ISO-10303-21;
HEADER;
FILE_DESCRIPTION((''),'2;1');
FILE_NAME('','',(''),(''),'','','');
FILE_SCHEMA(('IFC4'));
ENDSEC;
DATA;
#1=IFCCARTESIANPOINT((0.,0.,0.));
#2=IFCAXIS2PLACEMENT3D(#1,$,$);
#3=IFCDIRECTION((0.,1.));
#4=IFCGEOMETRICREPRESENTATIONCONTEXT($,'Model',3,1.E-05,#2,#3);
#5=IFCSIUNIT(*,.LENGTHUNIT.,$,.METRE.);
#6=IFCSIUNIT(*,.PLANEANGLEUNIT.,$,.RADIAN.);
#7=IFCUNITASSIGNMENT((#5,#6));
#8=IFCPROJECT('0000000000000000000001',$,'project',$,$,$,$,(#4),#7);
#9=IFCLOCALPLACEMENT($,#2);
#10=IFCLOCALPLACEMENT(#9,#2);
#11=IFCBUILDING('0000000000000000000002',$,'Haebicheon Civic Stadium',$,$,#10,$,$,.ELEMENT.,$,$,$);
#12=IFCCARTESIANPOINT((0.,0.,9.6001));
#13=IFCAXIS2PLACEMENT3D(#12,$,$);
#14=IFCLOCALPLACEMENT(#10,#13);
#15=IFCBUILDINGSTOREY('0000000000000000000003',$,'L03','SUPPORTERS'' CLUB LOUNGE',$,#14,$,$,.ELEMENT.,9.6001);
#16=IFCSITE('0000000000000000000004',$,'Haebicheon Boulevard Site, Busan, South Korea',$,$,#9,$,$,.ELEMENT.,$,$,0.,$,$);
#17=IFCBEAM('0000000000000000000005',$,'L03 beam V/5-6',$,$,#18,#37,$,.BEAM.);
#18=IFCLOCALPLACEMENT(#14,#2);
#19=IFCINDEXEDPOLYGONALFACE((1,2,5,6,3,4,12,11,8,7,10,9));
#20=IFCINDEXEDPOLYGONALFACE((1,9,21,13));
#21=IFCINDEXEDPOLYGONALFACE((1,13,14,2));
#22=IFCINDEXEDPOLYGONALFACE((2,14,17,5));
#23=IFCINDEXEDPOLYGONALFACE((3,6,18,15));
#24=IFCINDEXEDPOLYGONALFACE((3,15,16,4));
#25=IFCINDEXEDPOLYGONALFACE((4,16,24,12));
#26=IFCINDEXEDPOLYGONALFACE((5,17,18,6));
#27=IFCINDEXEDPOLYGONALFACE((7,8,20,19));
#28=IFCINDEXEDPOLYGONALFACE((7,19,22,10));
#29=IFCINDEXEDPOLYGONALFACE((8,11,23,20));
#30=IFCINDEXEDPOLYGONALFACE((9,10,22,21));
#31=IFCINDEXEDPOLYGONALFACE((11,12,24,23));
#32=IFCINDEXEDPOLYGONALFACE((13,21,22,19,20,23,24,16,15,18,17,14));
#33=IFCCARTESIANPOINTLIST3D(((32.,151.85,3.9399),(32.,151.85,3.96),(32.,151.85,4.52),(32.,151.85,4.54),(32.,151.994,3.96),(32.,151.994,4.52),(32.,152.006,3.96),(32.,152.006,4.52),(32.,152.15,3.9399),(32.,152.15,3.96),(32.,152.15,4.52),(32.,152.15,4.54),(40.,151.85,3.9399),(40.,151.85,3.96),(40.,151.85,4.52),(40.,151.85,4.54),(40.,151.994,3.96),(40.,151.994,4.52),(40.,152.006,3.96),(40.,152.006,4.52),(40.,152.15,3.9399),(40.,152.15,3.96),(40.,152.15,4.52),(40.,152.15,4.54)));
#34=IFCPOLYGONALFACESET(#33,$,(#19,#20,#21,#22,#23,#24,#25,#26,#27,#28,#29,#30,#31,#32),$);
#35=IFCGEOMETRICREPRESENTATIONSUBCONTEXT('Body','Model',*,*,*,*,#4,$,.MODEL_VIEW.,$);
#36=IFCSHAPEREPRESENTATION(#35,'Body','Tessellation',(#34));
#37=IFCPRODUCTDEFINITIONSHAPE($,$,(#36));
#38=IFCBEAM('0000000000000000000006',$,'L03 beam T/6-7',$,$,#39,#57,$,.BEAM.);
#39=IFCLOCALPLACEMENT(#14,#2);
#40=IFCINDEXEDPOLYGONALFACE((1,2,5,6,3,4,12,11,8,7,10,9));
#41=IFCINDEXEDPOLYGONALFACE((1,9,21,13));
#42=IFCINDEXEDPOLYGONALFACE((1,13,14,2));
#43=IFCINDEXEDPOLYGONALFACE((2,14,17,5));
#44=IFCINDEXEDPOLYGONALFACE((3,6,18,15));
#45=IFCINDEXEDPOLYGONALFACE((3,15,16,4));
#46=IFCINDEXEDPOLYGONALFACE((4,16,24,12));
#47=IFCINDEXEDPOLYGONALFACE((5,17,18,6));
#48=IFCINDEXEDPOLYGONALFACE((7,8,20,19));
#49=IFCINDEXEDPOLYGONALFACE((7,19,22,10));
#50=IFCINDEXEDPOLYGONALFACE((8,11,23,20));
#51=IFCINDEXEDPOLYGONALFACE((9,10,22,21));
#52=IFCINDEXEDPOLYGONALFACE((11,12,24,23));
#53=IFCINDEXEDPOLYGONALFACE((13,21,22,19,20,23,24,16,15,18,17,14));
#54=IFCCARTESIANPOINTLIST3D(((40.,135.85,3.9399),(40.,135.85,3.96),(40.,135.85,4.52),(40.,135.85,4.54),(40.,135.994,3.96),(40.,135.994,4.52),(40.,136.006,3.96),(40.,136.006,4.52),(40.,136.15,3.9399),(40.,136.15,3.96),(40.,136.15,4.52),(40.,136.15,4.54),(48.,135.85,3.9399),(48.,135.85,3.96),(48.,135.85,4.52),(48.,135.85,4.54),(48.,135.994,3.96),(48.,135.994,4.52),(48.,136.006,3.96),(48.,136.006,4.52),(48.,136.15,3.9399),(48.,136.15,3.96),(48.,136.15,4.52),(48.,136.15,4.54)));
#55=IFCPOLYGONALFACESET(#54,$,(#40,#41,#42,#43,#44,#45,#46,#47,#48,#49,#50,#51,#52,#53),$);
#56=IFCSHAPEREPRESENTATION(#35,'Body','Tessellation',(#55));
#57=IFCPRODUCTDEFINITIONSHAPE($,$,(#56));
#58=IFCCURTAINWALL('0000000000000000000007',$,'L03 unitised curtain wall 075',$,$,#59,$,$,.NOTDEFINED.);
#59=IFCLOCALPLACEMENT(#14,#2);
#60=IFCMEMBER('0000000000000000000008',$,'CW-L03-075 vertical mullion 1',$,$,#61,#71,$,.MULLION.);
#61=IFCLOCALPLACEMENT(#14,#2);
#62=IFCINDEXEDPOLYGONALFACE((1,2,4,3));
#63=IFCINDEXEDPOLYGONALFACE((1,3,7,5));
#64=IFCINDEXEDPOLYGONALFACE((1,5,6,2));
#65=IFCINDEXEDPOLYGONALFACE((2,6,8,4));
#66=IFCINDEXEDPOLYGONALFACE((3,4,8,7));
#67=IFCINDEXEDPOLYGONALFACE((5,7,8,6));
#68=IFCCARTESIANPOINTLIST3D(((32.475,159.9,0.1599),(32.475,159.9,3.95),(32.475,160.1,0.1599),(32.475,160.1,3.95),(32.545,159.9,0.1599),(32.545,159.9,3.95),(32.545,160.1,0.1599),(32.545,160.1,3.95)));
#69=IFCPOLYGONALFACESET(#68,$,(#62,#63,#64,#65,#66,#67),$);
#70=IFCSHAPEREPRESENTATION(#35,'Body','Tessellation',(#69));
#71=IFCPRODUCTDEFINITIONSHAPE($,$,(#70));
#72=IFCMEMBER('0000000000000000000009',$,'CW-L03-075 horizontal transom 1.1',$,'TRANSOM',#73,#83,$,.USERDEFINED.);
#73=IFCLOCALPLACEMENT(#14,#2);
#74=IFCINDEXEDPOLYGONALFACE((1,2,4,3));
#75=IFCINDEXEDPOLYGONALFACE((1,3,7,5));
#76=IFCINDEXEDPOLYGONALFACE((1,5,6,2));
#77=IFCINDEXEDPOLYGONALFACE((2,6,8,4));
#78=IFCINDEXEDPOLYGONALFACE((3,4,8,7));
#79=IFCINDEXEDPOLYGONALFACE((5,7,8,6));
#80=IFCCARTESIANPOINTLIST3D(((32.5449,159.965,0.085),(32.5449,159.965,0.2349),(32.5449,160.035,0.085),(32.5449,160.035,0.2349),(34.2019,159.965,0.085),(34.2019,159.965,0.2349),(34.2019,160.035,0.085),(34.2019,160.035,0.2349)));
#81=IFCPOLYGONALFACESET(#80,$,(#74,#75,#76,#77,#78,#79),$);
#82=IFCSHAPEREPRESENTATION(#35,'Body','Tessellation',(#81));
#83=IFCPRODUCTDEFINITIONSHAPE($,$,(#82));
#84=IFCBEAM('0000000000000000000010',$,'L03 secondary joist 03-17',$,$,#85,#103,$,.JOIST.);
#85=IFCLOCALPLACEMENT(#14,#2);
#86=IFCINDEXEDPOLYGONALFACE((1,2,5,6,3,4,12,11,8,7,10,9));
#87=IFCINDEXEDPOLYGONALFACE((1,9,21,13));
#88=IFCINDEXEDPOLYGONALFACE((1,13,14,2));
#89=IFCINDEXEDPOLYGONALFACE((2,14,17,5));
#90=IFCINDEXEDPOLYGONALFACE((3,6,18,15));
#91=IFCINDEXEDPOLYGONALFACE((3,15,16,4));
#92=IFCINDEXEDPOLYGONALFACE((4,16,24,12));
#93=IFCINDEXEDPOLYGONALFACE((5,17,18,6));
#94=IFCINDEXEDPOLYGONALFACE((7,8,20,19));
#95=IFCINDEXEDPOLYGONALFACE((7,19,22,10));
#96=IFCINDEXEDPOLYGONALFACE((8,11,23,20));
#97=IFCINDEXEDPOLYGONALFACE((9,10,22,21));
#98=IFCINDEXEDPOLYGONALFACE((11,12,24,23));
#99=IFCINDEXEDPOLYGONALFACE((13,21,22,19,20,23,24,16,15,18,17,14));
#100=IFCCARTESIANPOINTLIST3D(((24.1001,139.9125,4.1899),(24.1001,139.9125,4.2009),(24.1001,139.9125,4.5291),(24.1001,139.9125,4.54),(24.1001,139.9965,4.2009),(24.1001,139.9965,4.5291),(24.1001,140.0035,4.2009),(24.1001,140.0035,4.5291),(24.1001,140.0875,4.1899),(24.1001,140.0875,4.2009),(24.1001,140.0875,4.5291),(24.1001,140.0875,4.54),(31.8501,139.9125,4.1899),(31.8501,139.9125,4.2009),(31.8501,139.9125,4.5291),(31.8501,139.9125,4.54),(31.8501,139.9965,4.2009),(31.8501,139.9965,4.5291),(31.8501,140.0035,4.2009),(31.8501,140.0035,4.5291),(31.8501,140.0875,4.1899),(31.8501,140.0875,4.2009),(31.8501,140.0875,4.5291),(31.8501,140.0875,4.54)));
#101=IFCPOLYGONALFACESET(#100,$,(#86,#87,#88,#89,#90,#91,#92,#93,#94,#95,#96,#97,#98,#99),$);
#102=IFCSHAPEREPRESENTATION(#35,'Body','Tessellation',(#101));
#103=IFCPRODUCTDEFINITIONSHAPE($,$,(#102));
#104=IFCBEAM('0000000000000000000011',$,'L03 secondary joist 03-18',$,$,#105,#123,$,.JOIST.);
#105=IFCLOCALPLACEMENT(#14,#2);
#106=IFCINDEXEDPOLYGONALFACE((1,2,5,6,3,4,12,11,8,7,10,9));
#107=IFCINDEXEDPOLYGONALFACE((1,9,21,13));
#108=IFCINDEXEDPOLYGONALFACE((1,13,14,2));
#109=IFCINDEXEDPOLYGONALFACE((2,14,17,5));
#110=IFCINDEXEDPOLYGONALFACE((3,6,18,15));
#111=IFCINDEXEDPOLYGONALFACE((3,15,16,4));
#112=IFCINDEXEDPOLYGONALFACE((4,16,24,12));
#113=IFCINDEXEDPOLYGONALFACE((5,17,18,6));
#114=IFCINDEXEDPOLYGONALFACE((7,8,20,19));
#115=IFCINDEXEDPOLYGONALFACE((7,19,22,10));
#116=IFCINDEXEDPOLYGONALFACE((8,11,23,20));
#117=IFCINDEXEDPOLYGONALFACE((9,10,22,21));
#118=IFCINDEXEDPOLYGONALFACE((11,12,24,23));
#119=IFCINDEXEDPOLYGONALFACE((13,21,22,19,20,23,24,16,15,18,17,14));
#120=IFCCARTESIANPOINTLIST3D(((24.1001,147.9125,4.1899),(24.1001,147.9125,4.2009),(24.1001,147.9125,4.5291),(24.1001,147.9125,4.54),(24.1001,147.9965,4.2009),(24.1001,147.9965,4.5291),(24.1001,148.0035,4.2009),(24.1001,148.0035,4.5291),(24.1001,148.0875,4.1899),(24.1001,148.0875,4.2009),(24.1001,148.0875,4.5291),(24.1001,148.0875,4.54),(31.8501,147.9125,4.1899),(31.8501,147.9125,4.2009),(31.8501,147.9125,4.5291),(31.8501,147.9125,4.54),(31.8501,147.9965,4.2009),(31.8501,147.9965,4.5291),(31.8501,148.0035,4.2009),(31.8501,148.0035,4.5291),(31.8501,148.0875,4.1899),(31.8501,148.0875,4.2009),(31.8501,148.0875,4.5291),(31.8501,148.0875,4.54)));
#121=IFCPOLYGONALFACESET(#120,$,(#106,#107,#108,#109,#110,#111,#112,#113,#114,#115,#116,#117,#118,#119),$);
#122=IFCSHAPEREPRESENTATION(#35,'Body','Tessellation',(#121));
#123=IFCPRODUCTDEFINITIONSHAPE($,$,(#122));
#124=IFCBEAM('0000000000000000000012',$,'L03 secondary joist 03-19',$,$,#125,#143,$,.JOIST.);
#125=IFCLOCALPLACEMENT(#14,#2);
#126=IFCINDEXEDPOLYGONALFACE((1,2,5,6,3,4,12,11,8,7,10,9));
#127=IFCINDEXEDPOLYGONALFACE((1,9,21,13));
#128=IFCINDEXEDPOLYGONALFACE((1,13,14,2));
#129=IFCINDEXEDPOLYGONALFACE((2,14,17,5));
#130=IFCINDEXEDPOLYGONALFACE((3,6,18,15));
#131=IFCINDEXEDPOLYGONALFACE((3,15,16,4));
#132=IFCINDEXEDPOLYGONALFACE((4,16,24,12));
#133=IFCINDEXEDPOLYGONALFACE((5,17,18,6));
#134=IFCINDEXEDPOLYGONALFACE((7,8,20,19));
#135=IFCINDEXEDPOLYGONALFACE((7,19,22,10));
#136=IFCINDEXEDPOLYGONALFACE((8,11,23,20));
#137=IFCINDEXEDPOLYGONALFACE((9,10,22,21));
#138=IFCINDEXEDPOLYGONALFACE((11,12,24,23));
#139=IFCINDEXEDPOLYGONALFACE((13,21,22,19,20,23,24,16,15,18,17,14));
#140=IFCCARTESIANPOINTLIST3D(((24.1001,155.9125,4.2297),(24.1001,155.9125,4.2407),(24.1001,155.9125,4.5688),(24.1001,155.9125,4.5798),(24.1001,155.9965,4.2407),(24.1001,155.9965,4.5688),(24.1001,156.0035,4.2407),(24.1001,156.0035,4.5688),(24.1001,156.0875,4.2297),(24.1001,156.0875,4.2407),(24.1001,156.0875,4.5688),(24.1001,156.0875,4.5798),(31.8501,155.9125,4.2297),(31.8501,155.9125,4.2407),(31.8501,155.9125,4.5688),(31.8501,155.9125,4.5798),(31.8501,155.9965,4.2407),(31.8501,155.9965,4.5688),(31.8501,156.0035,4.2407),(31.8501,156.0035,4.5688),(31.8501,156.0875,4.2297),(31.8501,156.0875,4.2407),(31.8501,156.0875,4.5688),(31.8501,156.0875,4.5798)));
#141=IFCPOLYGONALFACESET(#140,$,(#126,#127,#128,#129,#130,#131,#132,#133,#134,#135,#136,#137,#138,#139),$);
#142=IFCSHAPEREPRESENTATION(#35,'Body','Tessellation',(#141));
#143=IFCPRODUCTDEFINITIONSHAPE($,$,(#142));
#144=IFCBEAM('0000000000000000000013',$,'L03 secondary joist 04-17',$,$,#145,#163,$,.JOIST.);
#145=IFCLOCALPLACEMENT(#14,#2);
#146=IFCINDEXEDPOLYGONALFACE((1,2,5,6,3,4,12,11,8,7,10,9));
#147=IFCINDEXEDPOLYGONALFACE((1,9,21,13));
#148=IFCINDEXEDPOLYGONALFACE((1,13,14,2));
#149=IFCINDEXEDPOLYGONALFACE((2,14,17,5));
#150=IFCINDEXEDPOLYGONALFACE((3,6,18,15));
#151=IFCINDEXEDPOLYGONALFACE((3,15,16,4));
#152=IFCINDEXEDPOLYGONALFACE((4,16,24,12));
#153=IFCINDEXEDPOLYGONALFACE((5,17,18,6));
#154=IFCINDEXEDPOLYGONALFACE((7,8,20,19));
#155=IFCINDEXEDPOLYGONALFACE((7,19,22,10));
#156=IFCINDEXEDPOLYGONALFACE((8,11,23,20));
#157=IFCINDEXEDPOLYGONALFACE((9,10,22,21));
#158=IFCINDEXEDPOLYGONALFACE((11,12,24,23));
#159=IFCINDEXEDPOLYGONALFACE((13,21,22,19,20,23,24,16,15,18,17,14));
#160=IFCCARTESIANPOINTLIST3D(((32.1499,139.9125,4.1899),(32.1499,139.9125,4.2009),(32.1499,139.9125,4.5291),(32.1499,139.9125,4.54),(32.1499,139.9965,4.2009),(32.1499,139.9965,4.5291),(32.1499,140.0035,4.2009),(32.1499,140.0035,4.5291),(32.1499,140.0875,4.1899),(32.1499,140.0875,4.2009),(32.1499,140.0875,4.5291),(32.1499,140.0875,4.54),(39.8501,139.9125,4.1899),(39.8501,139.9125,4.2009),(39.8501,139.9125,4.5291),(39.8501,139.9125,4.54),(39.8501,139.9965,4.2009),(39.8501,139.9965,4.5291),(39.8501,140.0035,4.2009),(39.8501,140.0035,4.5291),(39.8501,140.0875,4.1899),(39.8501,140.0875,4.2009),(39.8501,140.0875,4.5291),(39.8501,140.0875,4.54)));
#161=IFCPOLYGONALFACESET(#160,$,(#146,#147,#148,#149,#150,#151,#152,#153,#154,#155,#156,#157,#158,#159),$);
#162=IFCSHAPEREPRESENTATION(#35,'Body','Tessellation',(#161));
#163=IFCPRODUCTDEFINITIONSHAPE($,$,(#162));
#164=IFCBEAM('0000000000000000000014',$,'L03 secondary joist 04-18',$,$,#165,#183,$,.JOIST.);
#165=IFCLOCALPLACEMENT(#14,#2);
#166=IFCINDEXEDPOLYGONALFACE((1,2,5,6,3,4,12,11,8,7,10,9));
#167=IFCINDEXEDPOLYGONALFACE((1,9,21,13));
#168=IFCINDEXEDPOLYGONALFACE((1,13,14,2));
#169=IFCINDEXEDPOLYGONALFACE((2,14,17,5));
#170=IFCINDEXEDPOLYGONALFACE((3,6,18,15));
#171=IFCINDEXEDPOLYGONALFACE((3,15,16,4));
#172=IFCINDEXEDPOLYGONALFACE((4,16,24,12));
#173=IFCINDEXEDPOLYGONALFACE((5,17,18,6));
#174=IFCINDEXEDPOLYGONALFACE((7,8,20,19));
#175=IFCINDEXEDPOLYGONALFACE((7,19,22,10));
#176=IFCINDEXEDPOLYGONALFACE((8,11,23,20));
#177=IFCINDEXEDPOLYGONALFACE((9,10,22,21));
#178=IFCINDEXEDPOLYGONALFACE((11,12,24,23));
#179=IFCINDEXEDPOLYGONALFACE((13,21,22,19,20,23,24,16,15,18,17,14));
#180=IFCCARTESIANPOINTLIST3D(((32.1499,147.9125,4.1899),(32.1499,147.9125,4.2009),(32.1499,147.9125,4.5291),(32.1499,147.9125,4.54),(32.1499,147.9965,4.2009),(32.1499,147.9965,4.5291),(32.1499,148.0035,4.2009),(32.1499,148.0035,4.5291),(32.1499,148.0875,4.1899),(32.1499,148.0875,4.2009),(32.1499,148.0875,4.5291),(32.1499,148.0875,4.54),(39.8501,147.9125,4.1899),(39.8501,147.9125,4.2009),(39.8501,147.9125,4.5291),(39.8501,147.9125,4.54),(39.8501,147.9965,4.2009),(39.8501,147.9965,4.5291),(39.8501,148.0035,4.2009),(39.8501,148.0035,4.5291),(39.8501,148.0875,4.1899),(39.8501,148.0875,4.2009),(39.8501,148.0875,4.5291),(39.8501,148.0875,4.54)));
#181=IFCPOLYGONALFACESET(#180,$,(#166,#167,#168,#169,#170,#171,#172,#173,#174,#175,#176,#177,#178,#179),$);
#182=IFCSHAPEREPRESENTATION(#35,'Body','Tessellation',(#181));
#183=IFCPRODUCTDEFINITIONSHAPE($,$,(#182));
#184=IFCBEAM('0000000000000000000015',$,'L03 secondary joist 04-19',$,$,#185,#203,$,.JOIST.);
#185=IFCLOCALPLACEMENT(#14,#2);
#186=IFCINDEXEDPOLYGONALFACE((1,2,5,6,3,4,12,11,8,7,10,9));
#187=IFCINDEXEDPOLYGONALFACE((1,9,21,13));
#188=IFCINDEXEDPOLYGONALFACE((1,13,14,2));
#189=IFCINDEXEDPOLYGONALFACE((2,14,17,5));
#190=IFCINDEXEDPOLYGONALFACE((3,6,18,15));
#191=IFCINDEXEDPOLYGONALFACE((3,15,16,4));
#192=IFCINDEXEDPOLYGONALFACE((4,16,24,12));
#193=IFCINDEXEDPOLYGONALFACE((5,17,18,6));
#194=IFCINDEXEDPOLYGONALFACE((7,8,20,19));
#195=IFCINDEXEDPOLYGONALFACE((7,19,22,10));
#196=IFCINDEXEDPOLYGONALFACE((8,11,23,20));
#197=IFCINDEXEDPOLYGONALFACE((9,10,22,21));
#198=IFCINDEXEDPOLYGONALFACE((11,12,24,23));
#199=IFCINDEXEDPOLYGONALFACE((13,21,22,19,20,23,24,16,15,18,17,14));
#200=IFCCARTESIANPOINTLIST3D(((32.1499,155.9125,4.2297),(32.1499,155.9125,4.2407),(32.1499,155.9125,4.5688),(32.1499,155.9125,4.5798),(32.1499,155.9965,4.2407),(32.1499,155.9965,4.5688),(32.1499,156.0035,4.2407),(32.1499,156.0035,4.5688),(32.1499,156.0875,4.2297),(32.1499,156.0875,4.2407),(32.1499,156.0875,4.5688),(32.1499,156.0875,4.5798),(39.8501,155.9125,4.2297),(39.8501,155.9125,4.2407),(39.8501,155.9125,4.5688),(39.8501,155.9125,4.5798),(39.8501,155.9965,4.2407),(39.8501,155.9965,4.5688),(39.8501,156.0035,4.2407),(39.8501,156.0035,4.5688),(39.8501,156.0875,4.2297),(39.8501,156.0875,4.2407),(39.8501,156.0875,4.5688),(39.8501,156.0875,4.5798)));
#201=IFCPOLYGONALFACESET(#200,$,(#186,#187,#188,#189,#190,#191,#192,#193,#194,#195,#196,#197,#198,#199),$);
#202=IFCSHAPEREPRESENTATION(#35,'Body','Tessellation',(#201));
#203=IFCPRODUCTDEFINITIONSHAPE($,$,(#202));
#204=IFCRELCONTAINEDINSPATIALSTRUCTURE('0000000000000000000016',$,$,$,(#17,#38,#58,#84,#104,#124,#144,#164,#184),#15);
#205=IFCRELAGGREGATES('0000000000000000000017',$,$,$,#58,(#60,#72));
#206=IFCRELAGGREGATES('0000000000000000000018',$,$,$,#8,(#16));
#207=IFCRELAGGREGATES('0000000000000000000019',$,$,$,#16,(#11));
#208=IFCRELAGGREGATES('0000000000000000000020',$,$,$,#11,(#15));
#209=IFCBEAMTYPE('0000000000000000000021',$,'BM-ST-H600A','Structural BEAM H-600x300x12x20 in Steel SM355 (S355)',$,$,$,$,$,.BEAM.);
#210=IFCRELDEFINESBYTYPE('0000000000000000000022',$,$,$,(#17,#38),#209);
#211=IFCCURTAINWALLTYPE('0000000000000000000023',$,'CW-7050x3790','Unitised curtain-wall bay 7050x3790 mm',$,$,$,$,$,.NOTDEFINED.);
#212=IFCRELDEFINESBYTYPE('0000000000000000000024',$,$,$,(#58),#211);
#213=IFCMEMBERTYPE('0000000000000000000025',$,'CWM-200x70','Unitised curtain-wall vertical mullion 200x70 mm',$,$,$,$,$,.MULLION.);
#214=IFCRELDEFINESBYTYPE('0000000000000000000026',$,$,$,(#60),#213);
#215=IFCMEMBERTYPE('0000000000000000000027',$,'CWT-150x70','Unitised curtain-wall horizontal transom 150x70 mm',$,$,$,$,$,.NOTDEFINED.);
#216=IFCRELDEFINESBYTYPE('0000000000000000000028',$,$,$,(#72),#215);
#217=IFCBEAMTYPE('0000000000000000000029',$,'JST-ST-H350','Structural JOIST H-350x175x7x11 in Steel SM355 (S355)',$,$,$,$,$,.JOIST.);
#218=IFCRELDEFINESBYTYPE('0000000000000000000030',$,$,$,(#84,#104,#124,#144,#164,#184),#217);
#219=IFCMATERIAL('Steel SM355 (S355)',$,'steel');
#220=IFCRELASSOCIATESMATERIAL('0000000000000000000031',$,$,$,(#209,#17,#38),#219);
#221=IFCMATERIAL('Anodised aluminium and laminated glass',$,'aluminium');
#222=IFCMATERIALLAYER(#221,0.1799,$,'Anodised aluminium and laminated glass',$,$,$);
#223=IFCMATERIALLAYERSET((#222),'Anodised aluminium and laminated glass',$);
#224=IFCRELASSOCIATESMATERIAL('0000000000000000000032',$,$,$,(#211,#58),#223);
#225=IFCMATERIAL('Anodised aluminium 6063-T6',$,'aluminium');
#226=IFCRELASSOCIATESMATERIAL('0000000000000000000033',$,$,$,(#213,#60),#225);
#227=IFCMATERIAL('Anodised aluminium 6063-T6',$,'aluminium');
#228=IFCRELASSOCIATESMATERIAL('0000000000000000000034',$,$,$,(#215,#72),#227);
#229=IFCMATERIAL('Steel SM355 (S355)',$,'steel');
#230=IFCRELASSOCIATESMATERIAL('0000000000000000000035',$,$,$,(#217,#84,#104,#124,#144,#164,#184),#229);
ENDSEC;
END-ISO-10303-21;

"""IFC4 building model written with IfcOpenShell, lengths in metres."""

from ifc_helpers import new_model, si_unit, direction, frame, origin, origin_2d, place, context, subcontext, project, spatial, rectangle, i_section, extrude, material, layer, layer_set, material_profile, profile_set, type_object, element, aggregate, save


model = new_model("IFC4")

# Units and contexts
model_context = context("Model", 3, precision=1e-05, world=origin(), true_north=direction((0.0, 1.0)))
body_context = subcontext(model_context, "Body", "Model", "MODEL_VIEW")
ifc_project = project(units=[si_unit("LENGTHUNIT", "METRE"), si_unit("PLANEANGLEUNIT", "RADIAN")], contexts=[model_context])

# Site, building, storey
site_placement = place(None, origin())
site = spatial("IfcSite", under=ifc_project, at=site_placement, Name="Haebicheon Boulevard Site, Busan, South Korea", CompositionType="ELEMENT", RefElevation=0.0)
building_placement = place(site_placement, origin())
building = spatial("IfcBuilding", under=site, at=building_placement, Name="Haebicheon Civic Stadium", CompositionType="ELEMENT")
storey_placement = place(building_placement, frame((0.0, 0.0, 9.6001)))
storey = spatial("IfcBuildingStorey", under=building, at=storey_placement, Name="L03", Description="SUPPORTERS' CLUB LOUNGE", CompositionType="ELEMENT", Elevation=9.6001)

# Beams
ifc_material_1 = material(Name="Steel SM355 (S355)", Category="steel")
ifc_material_profile_1 = material_profile(ifc_material_1, i_section(OverallWidth=0.3, OverallDepth=0.6001, WebThickness=0.012, FlangeThickness=0.02, at=origin_2d()), Name="H-600x300x12x20")
ifc_profile_set_1 = profile_set([ifc_material_profile_1], Name="Steel SM355 (S355)")
beam_type_1 = type_object("IfcBeamType", Name="BM-ST-H600A", Description="Structural BEAM H-600x300x12x20 in Steel SM355 (S355)", PredefinedType="BEAM", material=ifc_profile_set_1)
for number, where, z_axis, x_axis, name in (
    (1, (32.0, 152.0, 4.24), (1.0, 0.0, 0.0), (0.0, 1.0, 0.0), "L03 beam V/5-6"),
    (2, (40.0, 136.0, 4.24), (1.0, 0.0, 0.0), (0.0, 1.0, 0.0), "L03 beam T/6-7"),
):
    element("IfcBeam", number, at=place(storey_placement, frame(where, z_axis=z_axis, x_axis=x_axis)), inside=storey, type_object=beam_type_1, material=ifc_profile_set_1, Name=name, PredefinedType="BEAM", context=body_context, shape_type="SweptSolid", body=[
        extrude(i_section(OverallWidth=0.3, OverallDepth=0.6001, WebThickness=0.012, FlangeThickness=0.02, at=origin_2d()), origin(), (0.0, 0.0, 1.0), 8.0),
    ])

# Curtain wall, members
ifc_material_2 = material(Name="Anodised aluminium and laminated glass", Category="aluminium")
ifc_layer_1 = layer(ifc_material_2, 0.1799, Name="Anodised aluminium and laminated glass")
ifc_layer_set_1 = layer_set([ifc_layer_1], Name="Anodised aluminium and laminated glass")
curtain_wall_type = type_object("IfcCurtainWallType", Name="CW-7050x3790", Description="Unitised curtain-wall bay 7050x3790 mm", PredefinedType="NOTDEFINED", material=ifc_layer_set_1)
curtain_wall_placement = place(storey_placement, origin())
curtain_wall = element("IfcCurtainWall", 3, at=curtain_wall_placement, inside=storey, type_object=curtain_wall_type, material=ifc_layer_set_1, Name="L03 unitised curtain wall 075", PredefinedType="NOTDEFINED")
ifc_material_3 = material(Name="Anodised aluminium 6063-T6", Category="aluminium")
ifc_material_profile_2 = material_profile(ifc_material_3, rectangle(XDim=0.0701, YDim=0.2, at=origin_2d()), Name="ALU-MULL-70x200")
ifc_profile_set_2 = profile_set([ifc_material_profile_2], Name="Anodised aluminium 6063-T6")
member_type_1 = type_object("IfcMemberType", Name="CWM-200x70", Description="Unitised curtain-wall vertical mullion 200x70 mm", PredefinedType="MULLION", material=ifc_profile_set_2)
member_1_placement = place(storey_placement, frame((32.51, 160.0, 0.1599), z_axis=(0.0, 0.0, 1.0), x_axis=(1.0, 0.0, 0.0)))
member_1 = element("IfcMember", 4, at=member_1_placement, type_object=member_type_1, material=ifc_profile_set_2, Name="CW-L03-075 vertical mullion 1", PredefinedType="MULLION", context=body_context, shape_type="SweptSolid", body=[
    extrude(rectangle(XDim=0.0701, YDim=0.2, at=origin_2d()), origin(), (0.0, 0.0, 1.0), 3.79),
])
ifc_material_4 = material(Name="Anodised aluminium 6063-T6", Category="aluminium")
ifc_material_profile_3 = material_profile(ifc_material_4, rectangle(XDim=0.0701, YDim=0.1499, at=origin_2d()), Name="ALU-TRAN-70x150")
ifc_profile_set_3 = profile_set([ifc_material_profile_3], Name="Anodised aluminium 6063-T6")
member_type_2 = type_object("IfcMemberType", Name="CWT-150x70", Description="Unitised curtain-wall horizontal transom 150x70 mm", PredefinedType="NOTDEFINED", material=ifc_profile_set_3)
member_2_placement = place(storey_placement, frame((32.5449, 160.0, 0.1599), z_axis=(1.0, 0.0, 0.0), x_axis=(0.0, 1.0, 0.0)))
member_2 = element("IfcMember", 5, at=member_2_placement, type_object=member_type_2, material=ifc_profile_set_3, Name="CW-L03-075 horizontal transom 1.1", ObjectType="TRANSOM", PredefinedType="USERDEFINED", context=body_context, shape_type="SweptSolid", body=[
    extrude(rectangle(XDim=0.0701, YDim=0.1499, at=origin_2d()), origin(), (0.0, 0.0, 1.0), 1.657),
])
aggregate(curtain_wall, [member_1, member_2])

# Beams
ifc_material_5 = material(Name="Steel SM355 (S355)", Category="steel")
ifc_material_profile_4 = material_profile(ifc_material_5, i_section(OverallWidth=0.175, OverallDepth=0.3501, WebThickness=0.0071, FlangeThickness=0.011, at=origin_2d()), Name="H-350x175x7x11")
ifc_profile_set_4 = profile_set([ifc_material_profile_4], Name="Steel SM355 (S355)")
beam_type_2 = type_object("IfcBeamType", Name="JST-ST-H350", Description="Structural JOIST H-350x175x7x11 in Steel SM355 (S355)", PredefinedType="JOIST", material=ifc_profile_set_4)
for number, where, z_axis, x_axis, name in (
    (6, (24.1001, 140.0, 4.365), (1.0, 0.0, 0.0), (0.0, 1.0, 0.0), "L03 secondary joist 03-17"),
    (7, (24.1001, 148.0, 4.365), (1.0, 0.0, 0.0), (0.0, 1.0, 0.0), "L03 secondary joist 03-18"),
    (8, (24.1001, 156.0, 4.4048), (1.0, 0.0, 0.0), (0.0, 1.0, 0.0), "L03 secondary joist 03-19"),
):
    element("IfcBeam", number, at=place(storey_placement, frame(where, z_axis=z_axis, x_axis=x_axis)), inside=storey, type_object=beam_type_2, material=ifc_profile_set_4, Name=name, PredefinedType="JOIST", context=body_context, shape_type="SweptSolid", body=[
        extrude(i_section(OverallWidth=0.175, OverallDepth=0.3501, WebThickness=0.0071, FlangeThickness=0.011, at=origin_2d()), origin(), (0.0, 0.0, 1.0), 7.75),
    ])
for number, where, z_axis, x_axis, name in (
    (9, (32.1499, 140.0, 4.365), (1.0, 0.0, 0.0), (0.0, 1.0, 0.0), "L03 secondary joist 04-17"),
    (10, (32.1499, 148.0, 4.365), (1.0, 0.0, 0.0), (0.0, 1.0, 0.0), "L03 secondary joist 04-18"),
    (11, (32.1499, 156.0, 4.4048), (1.0, 0.0, 0.0), (0.0, 1.0, 0.0), "L03 secondary joist 04-19"),
):
    element("IfcBeam", number, at=place(storey_placement, frame(where, z_axis=z_axis, x_axis=x_axis)), inside=storey, type_object=beam_type_2, material=ifc_profile_set_4, Name=name, PredefinedType="JOIST", context=body_context, shape_type="SweptSolid", body=[
        extrude(i_section(OverallWidth=0.175, OverallDepth=0.3501, WebThickness=0.0071, FlangeThickness=0.011, at=origin_2d()), origin(), (0.0, 0.0, 1.0), 7.7002),
    ])

save(model, "model.ifc")
